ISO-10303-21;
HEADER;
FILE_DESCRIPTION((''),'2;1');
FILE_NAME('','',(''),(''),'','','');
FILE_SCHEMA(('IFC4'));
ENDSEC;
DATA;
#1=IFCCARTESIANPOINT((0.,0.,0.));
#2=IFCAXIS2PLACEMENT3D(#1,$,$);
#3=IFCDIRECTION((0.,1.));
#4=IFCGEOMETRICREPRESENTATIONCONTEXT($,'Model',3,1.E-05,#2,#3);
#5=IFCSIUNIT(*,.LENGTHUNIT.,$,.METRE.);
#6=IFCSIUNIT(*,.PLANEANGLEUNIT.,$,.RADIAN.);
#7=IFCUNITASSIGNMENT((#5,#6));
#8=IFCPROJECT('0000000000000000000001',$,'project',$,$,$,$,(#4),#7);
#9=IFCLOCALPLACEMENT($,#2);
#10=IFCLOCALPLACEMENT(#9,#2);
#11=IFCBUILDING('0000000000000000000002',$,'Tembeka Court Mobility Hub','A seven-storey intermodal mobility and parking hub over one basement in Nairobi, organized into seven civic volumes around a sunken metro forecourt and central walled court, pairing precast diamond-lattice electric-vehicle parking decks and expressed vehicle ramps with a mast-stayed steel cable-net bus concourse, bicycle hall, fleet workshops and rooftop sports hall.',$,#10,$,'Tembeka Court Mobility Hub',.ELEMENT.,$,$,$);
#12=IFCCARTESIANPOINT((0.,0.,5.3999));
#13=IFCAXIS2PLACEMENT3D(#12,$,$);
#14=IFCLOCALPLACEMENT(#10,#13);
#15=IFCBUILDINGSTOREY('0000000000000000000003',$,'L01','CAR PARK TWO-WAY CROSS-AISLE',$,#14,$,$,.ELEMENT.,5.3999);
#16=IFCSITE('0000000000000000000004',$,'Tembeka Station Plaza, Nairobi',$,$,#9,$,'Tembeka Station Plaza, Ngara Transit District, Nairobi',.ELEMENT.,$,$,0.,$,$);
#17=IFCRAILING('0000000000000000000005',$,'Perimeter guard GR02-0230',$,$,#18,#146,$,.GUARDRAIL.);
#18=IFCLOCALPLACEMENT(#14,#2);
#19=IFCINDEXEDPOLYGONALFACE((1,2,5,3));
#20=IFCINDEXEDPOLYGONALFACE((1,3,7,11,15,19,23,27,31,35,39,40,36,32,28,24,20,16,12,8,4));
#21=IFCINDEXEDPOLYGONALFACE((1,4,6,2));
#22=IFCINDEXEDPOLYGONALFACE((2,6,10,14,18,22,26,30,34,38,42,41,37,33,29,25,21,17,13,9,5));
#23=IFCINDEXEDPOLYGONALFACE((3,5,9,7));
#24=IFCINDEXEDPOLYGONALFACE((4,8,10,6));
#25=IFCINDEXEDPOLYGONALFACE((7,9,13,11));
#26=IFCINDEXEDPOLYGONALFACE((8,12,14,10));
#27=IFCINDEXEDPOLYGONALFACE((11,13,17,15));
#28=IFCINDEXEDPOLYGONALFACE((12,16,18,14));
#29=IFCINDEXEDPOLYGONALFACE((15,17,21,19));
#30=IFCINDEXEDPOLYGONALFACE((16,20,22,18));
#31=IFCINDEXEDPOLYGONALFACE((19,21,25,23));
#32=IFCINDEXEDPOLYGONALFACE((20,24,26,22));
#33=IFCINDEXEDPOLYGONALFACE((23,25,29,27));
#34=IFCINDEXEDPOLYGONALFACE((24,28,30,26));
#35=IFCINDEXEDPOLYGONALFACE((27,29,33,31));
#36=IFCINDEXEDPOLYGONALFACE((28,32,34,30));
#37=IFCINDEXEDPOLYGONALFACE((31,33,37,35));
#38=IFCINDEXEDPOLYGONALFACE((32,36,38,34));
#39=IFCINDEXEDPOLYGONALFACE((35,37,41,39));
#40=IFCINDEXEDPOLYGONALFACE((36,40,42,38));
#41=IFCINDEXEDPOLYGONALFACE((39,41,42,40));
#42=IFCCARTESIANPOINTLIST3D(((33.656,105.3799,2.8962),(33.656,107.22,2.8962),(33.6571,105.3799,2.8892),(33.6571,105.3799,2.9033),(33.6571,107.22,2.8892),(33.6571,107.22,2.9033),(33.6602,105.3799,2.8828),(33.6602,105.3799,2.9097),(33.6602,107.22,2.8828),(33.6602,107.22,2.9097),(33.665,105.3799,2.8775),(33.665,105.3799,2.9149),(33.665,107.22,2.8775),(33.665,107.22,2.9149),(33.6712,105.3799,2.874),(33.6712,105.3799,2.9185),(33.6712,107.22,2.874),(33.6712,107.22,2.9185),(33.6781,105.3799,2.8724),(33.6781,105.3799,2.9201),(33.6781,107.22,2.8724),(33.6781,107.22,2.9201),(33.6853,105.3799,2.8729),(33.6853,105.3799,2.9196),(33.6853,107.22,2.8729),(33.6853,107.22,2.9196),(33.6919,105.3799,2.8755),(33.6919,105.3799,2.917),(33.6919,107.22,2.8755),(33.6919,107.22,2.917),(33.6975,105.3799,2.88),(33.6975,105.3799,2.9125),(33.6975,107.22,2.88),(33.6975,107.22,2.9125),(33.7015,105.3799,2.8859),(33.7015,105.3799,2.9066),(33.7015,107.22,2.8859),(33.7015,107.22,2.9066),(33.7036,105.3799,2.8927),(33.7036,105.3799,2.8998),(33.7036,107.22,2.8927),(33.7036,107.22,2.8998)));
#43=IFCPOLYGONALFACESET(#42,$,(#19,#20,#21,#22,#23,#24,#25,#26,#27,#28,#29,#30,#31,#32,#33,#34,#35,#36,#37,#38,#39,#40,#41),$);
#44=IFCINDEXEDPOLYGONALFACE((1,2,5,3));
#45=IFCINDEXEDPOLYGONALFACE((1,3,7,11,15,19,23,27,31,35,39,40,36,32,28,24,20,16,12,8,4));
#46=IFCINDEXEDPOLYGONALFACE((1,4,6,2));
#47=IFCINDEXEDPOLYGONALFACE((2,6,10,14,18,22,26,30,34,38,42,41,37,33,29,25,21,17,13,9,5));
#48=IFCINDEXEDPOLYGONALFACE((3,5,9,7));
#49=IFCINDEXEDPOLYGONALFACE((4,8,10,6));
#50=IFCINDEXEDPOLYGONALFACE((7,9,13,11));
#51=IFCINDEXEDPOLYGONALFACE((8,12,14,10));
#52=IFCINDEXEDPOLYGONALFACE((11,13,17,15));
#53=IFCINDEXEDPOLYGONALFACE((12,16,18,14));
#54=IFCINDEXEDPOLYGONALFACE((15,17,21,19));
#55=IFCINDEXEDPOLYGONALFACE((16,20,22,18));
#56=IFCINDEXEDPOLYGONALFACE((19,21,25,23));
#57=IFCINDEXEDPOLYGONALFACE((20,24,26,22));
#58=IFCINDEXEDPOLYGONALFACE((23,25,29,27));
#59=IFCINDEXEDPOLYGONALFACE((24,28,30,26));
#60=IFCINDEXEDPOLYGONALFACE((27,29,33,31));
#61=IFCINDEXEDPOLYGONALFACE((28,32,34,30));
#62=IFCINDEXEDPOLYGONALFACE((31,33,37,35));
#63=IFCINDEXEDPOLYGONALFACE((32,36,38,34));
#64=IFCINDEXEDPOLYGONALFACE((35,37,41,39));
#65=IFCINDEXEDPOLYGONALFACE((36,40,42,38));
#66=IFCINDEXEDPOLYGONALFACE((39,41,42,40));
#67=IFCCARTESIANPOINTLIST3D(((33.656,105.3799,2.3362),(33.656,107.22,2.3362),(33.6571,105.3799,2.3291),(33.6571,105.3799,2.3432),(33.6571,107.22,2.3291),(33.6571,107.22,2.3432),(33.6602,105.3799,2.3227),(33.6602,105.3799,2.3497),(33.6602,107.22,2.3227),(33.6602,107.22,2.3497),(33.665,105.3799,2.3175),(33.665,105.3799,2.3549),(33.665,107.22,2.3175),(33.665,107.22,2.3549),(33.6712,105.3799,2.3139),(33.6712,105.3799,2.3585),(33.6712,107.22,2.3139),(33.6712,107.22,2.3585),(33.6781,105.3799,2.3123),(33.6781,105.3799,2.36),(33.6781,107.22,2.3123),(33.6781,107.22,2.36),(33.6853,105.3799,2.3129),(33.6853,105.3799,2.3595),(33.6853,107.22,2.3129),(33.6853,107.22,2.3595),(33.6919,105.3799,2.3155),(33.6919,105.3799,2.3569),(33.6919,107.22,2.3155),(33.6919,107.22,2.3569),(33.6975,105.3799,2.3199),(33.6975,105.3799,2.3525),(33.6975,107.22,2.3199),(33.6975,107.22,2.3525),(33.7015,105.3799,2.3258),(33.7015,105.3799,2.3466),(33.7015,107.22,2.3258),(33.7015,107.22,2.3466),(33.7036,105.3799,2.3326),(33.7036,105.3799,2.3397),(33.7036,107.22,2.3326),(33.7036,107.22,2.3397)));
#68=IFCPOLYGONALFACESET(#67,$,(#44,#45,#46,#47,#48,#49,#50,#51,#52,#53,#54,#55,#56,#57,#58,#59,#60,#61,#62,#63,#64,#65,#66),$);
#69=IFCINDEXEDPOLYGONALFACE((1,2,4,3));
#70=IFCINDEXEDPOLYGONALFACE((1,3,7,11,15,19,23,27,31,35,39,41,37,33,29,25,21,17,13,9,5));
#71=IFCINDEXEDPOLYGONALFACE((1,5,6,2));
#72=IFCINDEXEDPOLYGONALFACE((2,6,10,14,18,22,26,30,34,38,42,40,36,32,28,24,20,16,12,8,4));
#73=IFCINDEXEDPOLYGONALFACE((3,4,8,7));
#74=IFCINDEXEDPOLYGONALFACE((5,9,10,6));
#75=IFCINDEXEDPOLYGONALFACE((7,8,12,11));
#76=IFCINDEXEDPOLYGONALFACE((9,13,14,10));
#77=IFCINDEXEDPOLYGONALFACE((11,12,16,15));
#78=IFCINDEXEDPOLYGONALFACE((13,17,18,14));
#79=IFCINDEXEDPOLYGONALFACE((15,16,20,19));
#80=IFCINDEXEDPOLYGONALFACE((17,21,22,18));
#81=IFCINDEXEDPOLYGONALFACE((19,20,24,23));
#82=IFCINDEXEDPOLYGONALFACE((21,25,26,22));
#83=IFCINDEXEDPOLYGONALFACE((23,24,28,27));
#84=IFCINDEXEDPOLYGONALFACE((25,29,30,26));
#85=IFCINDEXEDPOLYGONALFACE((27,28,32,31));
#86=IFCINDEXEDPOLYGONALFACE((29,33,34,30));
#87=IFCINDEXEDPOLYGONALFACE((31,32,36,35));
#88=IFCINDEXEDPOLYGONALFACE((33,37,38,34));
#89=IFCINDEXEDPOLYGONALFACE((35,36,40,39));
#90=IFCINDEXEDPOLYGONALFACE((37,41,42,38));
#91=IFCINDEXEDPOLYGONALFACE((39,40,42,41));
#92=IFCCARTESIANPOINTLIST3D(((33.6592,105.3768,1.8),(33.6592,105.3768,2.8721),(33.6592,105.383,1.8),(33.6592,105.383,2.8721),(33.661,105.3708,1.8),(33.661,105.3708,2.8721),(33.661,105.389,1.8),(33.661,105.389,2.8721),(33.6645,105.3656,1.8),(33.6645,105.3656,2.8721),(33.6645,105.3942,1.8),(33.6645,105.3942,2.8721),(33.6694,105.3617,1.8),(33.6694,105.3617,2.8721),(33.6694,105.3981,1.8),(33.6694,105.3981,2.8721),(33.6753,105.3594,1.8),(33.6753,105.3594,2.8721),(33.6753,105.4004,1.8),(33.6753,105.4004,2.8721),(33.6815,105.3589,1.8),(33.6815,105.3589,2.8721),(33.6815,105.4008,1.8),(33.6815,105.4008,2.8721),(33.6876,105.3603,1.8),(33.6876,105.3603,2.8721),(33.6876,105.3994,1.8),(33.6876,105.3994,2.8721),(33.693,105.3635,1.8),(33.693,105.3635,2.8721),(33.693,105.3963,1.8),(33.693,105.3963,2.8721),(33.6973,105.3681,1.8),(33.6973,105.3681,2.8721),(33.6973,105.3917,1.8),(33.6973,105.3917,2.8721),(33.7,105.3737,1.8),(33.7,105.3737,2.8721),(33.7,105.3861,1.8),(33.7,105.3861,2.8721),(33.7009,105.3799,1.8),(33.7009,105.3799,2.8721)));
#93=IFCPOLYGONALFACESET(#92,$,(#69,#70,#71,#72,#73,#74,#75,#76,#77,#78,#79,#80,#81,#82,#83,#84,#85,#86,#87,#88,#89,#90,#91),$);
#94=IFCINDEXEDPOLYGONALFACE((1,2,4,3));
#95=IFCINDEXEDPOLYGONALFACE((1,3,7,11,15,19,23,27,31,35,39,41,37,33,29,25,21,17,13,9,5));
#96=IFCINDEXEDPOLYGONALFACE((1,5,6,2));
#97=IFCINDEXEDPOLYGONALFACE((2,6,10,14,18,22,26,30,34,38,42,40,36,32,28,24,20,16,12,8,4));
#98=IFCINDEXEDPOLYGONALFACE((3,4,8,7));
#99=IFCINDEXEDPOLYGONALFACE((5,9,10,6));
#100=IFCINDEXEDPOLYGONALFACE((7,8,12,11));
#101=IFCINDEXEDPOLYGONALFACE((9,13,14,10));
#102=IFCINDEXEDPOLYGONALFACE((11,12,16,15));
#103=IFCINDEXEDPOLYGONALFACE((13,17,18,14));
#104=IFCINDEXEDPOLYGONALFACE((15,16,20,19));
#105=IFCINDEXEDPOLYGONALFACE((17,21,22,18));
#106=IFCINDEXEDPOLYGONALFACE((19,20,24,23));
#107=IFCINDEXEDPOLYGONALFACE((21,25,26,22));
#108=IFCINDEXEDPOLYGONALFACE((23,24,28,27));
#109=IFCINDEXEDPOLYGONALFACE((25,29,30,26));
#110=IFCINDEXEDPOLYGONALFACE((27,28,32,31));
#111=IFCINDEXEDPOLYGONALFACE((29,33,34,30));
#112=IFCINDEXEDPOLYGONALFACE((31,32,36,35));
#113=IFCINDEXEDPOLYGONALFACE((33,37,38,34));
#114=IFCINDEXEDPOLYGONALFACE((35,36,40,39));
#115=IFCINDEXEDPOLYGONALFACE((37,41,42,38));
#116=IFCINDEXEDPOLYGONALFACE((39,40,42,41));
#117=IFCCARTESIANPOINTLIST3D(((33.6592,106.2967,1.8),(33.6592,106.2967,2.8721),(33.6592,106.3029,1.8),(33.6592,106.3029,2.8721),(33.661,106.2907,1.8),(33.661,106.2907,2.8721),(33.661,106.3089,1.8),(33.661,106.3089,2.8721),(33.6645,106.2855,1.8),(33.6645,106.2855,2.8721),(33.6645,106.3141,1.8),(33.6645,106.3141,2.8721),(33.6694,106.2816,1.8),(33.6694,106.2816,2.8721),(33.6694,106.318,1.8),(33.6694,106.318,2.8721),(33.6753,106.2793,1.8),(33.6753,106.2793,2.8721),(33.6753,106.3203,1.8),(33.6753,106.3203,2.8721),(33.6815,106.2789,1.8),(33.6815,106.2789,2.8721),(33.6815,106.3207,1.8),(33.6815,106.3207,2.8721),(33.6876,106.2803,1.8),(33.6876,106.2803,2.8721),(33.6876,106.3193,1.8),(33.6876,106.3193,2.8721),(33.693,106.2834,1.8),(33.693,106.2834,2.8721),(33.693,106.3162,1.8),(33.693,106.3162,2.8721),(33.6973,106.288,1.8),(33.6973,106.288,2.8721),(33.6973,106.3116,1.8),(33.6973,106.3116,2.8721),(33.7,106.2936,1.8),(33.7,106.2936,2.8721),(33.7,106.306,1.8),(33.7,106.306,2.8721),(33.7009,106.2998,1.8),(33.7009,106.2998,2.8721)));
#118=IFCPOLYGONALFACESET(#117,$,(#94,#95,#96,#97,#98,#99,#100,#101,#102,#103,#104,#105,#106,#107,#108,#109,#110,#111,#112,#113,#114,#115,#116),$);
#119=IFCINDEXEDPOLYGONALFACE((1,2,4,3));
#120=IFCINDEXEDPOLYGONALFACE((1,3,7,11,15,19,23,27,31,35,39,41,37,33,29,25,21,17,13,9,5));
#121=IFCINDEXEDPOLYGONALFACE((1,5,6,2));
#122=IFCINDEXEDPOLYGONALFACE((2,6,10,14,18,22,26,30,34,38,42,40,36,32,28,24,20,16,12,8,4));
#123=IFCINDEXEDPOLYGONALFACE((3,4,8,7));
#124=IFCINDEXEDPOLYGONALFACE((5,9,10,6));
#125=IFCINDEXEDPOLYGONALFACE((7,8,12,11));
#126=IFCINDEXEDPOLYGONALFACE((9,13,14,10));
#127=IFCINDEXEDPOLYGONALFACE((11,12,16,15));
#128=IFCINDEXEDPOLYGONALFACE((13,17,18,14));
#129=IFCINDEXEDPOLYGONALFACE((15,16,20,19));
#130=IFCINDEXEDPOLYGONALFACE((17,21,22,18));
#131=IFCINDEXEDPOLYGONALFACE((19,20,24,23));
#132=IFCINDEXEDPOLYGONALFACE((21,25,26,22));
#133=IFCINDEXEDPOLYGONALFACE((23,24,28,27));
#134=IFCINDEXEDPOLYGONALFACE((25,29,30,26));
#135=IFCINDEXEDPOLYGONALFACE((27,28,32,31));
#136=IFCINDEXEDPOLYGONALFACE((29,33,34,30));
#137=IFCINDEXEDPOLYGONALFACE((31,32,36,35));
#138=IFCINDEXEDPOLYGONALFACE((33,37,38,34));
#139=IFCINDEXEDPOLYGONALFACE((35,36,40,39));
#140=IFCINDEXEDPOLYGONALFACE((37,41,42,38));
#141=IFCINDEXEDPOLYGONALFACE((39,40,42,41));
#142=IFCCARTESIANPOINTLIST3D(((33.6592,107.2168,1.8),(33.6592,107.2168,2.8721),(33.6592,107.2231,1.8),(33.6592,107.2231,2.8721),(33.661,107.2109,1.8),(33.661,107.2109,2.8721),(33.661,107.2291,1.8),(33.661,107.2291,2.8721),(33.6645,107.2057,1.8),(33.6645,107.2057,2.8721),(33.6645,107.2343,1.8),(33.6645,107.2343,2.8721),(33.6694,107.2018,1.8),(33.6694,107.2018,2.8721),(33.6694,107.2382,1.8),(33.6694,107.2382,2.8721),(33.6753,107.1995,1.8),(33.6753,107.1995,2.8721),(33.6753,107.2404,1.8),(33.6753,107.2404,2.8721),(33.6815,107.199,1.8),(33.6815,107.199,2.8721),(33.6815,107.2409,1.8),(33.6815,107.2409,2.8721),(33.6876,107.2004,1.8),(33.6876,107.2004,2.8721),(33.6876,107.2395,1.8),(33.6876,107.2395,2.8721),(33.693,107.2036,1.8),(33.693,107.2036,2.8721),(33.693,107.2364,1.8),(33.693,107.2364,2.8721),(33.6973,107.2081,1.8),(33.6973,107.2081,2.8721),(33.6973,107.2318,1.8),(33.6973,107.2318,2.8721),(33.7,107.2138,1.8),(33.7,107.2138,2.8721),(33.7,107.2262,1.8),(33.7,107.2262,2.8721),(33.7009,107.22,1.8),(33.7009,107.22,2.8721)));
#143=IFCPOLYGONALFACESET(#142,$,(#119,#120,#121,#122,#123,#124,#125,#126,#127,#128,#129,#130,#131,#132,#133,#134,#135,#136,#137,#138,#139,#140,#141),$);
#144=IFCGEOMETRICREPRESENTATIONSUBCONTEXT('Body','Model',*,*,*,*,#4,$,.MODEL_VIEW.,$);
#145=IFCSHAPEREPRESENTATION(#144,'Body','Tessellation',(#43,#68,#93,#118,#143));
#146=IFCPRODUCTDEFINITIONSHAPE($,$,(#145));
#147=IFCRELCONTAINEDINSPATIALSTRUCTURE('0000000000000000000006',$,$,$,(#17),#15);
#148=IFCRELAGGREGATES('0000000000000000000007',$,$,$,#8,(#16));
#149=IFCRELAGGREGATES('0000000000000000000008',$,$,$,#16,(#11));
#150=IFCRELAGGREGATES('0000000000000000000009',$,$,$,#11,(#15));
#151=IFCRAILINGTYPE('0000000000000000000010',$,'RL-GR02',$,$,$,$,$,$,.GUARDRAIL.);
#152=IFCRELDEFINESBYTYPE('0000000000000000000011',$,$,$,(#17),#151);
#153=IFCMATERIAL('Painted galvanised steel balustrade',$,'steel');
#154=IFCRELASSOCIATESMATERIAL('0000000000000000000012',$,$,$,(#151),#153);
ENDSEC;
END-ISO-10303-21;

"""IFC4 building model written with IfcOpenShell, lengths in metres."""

from ifc_helpers import new_model, si_unit, direction, frame, origin, origin_2d, place, context, subcontext, project, spatial, circle, extrude, material, type_object, element, save


model = new_model("IFC4")

# Units and contexts
model_context = context("Model", 3, precision=1e-05, world=origin(), true_north=direction((0.0, 1.0)))
body_context = subcontext(model_context, "Body", "Model", "MODEL_VIEW")
ifc_project = project(units=[si_unit("LENGTHUNIT", "METRE"), si_unit("PLANEANGLEUNIT", "RADIAN")], contexts=[model_context])

# Site, building, storey
site_placement = place(None, origin())
site = spatial("IfcSite", under=ifc_project, at=site_placement, Name="Tembeka Station Plaza, Nairobi", LongName="Tembeka Station Plaza, Ngara Transit District, Nairobi", CompositionType="ELEMENT", RefElevation=0.0)
building_placement = place(site_placement, origin())
building = spatial("IfcBuilding", under=site, at=building_placement, Name="Tembeka Court Mobility Hub", Description="A seven-storey intermodal mobility and parking hub over one basement in Nairobi, organized into seven civic volumes around a sunken metro forecourt and central walled court, pairing precast diamond-lattice electric-vehicle parking decks and expressed vehicle ramps with a mast-stayed steel cable-net bus concourse, bicycle hall, fleet workshops and rooftop sports hall.", LongName="Tembeka Court Mobility Hub", CompositionType="ELEMENT")
storey_placement = place(building_placement, frame((0.0, 0.0, 5.3999)))
storey = spatial("IfcBuildingStorey", under=building, at=storey_placement, Name="L01", Description="CAR PARK TWO-WAY CROSS-AISLE", CompositionType="ELEMENT", Elevation=5.3999)

# Railing
ifc_material_1 = material(Name="Painted galvanised steel balustrade", Category="steel")
railing_type = type_object("IfcRailingType", Name="RL-GR02", PredefinedType="GUARDRAIL", material=ifc_material_1)
railing_1_placement = place(storey_placement, frame((33.6799, 105.3799, 1.8)))
element("IfcRailing", 1, at=railing_1_placement, inside=storey, type_object=railing_type, Name="Perimeter guard GR02-0230", PredefinedType="GUARDRAIL", context=body_context, shape_type="SweptSolid", body=[
    extrude(circle(Radius=0.0239, at=origin_2d()), frame((0.0, 0.0, 1.0962), z_axis=(0.0, 1.0, 0.0), x_axis=(-1.0, 0.0, 0.0)), (0.0, 0.0, 1.0), 1.8401),
    extrude(circle(Radius=0.0239, at=origin_2d()), frame((0.0, 0.0, 0.5361), z_axis=(0.0, 1.0, 0.0), x_axis=(-1.0, 0.0, 0.0)), (0.0, 0.0, 1.0), 1.8401),
    extrude(circle(Radius=0.021, at=origin_2d()), origin(), (0.0, 0.0, 1.0), 1.072),
    extrude(circle(Radius=0.021, at=origin_2d()), frame((0.0, 0.9199, 0.0)), (0.0, 0.0, 1.0), 1.072),
    extrude(circle(Radius=0.021, at=origin_2d()), frame((0.0, 1.8401, 0.0)), (0.0, 0.0, 1.0), 1.072),
])

save(model, "model.ifc")
